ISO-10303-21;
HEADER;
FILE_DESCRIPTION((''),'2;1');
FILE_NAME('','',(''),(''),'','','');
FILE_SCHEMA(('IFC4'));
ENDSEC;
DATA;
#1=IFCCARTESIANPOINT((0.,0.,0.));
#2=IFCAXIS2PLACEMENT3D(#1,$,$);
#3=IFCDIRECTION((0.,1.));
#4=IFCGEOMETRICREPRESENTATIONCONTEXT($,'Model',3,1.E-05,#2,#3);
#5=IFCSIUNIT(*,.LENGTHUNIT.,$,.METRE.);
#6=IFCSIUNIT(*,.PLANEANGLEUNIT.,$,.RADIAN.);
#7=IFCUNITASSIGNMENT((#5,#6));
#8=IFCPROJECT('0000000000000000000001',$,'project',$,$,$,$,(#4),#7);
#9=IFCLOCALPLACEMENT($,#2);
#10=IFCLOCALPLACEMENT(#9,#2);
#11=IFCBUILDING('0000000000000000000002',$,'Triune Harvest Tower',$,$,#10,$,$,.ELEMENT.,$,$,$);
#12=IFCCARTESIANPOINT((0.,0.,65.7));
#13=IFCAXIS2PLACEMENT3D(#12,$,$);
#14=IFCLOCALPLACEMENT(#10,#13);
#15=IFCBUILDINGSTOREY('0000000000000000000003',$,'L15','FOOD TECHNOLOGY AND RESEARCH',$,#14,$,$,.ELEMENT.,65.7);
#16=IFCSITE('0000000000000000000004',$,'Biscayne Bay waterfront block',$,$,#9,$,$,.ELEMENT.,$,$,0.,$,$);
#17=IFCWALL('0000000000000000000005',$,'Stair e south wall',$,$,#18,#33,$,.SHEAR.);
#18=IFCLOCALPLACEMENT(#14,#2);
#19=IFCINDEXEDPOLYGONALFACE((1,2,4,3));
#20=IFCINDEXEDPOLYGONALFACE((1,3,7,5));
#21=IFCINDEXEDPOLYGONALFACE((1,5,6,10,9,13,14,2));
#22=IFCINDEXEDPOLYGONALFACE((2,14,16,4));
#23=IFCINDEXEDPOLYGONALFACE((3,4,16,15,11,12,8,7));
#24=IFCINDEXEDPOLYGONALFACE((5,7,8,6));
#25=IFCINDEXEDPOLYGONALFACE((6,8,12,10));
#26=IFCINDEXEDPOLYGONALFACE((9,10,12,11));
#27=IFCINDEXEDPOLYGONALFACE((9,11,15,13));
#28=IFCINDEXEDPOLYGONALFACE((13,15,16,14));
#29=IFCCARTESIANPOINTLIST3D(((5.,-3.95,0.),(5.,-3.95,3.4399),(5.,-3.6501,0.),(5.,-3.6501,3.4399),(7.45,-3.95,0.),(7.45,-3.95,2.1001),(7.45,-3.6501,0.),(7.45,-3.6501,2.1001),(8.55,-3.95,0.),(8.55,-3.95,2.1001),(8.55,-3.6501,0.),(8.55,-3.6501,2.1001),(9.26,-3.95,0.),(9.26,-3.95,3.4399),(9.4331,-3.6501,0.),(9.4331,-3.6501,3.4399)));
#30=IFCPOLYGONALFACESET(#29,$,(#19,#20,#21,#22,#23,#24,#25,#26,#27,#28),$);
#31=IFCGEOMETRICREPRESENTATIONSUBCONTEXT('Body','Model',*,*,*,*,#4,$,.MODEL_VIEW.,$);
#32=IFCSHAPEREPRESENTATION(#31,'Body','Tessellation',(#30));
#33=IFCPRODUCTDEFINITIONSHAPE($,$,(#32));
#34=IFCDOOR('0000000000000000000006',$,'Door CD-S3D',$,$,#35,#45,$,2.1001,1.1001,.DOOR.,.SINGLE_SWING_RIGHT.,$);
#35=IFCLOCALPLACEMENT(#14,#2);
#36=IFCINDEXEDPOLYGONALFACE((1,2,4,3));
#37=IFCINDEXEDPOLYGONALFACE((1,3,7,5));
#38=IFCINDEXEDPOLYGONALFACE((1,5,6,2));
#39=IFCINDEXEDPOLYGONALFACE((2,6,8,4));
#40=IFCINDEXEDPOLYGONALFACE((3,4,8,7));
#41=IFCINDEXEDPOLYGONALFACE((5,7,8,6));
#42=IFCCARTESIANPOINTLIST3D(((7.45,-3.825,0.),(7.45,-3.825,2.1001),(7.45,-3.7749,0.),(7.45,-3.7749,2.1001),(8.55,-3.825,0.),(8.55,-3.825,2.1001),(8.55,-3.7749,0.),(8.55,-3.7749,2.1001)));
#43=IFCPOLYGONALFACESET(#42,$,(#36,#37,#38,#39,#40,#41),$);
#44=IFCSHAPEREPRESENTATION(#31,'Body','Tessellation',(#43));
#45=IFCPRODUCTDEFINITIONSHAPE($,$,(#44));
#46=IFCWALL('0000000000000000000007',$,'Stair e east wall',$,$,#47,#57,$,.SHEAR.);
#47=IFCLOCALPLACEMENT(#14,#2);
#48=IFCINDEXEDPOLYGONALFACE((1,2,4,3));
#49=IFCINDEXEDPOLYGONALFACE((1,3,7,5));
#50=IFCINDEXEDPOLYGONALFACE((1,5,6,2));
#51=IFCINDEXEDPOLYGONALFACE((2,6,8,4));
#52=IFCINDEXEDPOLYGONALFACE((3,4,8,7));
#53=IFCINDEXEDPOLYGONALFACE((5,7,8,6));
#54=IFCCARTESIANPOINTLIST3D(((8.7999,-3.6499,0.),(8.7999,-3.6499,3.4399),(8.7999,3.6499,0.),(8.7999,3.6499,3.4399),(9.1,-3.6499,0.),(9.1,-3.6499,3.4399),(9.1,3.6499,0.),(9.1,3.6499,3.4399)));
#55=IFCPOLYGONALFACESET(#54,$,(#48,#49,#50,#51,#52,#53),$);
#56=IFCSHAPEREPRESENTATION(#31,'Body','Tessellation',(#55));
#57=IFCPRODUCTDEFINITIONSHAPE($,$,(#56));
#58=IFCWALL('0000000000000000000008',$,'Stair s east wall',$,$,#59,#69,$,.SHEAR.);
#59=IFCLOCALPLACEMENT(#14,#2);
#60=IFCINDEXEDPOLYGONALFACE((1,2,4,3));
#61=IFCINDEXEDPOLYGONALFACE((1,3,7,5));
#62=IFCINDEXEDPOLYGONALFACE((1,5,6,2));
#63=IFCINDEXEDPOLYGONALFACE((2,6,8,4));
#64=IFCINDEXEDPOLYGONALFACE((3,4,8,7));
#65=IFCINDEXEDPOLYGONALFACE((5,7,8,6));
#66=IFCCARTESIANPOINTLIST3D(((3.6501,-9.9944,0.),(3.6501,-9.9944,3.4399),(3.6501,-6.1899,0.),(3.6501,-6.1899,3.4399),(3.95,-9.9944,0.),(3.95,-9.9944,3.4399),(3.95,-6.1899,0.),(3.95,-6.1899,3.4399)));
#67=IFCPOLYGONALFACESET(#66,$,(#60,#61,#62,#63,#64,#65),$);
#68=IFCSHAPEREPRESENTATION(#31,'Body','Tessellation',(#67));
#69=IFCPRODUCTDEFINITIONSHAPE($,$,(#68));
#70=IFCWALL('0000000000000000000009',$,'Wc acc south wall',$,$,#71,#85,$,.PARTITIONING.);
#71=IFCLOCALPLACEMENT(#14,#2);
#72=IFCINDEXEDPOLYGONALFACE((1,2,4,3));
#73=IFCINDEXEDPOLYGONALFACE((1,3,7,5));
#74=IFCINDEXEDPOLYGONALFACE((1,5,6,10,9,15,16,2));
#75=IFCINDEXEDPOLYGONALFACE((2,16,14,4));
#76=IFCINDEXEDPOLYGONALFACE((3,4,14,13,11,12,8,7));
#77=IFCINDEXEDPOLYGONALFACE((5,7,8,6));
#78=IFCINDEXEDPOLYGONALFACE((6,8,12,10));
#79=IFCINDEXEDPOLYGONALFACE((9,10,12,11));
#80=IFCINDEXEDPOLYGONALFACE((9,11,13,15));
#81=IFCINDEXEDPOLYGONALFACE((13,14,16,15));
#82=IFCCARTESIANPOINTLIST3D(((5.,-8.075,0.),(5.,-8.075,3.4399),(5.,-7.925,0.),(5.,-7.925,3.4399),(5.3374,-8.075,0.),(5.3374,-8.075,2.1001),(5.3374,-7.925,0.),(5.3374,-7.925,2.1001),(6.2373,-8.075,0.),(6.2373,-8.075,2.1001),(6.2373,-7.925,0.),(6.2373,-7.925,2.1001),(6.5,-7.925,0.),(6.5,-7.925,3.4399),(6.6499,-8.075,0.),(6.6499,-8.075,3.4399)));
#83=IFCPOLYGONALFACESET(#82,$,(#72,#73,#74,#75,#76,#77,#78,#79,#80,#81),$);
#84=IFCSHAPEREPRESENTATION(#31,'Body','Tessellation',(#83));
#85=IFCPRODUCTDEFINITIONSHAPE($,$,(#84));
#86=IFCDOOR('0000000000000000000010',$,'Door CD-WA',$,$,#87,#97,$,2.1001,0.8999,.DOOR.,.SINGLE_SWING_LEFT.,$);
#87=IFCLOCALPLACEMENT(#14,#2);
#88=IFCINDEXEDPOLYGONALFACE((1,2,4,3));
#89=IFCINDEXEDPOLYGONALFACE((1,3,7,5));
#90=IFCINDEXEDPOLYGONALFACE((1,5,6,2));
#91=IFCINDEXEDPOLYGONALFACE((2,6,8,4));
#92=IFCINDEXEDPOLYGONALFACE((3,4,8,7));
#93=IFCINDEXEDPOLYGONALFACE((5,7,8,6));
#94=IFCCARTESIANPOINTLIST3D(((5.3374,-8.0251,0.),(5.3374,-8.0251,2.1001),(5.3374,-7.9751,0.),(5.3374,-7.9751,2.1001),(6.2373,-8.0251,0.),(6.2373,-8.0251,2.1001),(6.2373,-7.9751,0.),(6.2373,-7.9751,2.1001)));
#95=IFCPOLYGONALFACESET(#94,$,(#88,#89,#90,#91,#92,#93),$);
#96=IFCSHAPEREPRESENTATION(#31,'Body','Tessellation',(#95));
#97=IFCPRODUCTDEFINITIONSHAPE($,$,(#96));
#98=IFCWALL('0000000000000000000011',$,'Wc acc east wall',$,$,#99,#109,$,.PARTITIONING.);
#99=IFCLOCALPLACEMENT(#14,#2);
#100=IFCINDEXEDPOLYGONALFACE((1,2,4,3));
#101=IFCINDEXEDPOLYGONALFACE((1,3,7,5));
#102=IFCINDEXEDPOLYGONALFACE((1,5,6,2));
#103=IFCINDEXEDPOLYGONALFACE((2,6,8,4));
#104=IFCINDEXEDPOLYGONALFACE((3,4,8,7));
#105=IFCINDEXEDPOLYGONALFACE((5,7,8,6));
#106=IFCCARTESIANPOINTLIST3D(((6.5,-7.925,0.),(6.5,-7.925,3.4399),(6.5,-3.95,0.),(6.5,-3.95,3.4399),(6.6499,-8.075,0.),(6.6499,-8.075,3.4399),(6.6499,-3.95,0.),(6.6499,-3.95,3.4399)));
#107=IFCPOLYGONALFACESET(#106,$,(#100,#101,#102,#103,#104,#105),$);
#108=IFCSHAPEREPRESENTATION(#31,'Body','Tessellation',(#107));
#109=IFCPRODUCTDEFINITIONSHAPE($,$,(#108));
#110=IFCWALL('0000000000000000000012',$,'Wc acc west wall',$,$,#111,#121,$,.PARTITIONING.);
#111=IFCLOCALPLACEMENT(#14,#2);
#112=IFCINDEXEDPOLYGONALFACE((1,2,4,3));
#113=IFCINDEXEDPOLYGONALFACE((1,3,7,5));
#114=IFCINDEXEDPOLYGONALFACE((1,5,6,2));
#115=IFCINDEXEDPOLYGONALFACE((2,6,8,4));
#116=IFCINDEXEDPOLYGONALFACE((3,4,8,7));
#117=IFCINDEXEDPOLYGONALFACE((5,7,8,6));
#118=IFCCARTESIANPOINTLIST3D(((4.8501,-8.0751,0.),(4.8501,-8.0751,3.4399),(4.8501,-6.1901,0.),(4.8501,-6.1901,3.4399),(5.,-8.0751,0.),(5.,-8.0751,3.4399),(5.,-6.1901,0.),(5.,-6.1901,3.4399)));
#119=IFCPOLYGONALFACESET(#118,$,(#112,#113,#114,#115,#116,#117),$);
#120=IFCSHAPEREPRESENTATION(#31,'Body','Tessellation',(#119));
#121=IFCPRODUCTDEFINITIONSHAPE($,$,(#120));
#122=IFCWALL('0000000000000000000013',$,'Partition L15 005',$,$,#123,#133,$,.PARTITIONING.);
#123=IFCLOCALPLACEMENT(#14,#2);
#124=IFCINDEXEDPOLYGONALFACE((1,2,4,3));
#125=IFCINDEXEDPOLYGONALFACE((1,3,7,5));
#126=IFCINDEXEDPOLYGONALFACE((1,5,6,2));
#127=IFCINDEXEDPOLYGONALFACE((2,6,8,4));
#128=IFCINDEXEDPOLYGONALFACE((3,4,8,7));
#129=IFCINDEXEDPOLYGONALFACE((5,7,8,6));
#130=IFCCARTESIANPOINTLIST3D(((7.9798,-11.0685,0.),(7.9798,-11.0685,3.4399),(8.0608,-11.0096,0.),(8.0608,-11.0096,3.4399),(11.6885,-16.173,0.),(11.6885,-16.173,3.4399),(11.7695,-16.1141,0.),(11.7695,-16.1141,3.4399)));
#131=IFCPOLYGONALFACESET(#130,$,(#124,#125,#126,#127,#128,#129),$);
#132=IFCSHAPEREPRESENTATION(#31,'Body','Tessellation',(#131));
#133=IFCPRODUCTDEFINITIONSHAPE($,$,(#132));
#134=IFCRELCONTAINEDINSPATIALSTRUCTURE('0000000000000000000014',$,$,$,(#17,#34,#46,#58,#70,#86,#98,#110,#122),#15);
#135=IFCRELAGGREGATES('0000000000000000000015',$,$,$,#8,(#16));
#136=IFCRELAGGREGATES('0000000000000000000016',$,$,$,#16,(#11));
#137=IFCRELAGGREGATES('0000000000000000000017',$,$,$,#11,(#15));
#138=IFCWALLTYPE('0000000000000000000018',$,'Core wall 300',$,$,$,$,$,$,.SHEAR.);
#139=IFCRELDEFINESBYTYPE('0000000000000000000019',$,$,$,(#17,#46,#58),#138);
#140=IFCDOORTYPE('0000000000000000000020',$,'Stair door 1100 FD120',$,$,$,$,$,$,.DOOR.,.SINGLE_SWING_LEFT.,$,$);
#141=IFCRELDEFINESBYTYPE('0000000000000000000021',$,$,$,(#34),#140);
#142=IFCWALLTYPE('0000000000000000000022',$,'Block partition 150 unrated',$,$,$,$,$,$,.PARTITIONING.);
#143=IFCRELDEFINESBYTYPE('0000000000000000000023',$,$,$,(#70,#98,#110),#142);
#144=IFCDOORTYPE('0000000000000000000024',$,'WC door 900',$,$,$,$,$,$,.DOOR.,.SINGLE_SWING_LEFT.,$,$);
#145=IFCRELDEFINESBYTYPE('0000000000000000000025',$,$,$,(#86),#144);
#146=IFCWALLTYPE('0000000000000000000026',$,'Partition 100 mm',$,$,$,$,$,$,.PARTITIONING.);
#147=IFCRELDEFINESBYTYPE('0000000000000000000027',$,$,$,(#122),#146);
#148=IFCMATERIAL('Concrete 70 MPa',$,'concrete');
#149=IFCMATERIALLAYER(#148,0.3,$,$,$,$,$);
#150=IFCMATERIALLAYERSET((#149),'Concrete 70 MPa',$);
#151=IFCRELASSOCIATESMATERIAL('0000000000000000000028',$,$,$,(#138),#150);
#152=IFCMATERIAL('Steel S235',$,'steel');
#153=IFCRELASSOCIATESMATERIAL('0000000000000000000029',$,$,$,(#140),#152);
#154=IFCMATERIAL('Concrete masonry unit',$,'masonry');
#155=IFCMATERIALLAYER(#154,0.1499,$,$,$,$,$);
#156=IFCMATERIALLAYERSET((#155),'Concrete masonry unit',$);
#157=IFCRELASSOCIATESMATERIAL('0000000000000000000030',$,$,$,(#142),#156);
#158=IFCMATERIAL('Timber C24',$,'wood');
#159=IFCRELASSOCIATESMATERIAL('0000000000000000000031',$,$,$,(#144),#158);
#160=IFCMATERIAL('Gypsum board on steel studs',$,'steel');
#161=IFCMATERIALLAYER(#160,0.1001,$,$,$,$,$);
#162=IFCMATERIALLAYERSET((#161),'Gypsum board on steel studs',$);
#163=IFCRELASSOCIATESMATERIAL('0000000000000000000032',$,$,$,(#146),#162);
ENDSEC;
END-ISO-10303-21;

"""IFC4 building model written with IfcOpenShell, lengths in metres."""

from ifc_helpers import new_model, si_unit, direction, frame, frame_2d, origin, place, context, subcontext, project, spatial, polyline, rectangle, outline, extrude, source, transform, mapped, material, layer, layer_set, type_object, element, fill, save


model = new_model("IFC4")

# Units and contexts
model_context = context("Model", 3, precision=1e-05, world=origin(), true_north=direction((0.0, 1.0)))
body_context = subcontext(model_context, "Body", "Model", "MODEL_VIEW")
ifc_project = project(units=[si_unit("LENGTHUNIT", "METRE"), si_unit("PLANEANGLEUNIT", "RADIAN")], contexts=[model_context])

# Site, building, storey
site_placement = place(None, origin())
site = spatial("IfcSite", under=ifc_project, at=site_placement, Name="Biscayne Bay waterfront block", CompositionType="ELEMENT", RefElevation=0.0)
building_placement = place(site_placement, origin())
building = spatial("IfcBuilding", under=site, at=building_placement, Name="Triune Harvest Tower", CompositionType="ELEMENT")
storey_placement = place(building_placement, frame((0.0, 0.0, 65.7)))
storey = spatial("IfcBuildingStorey", under=building, at=storey_placement, Name="L15", Description="FOOD TECHNOLOGY AND RESEARCH", CompositionType="ELEMENT", Elevation=65.7)

# Shared definitions
ifc_material_1 = material(Name="Concrete 70 MPa", Category="concrete")
ifc_layer_1 = layer(ifc_material_1, 0.3)
ifc_layer_set_1 = layer_set([ifc_layer_1], Name="Concrete 70 MPa")
wall_type_1 = type_object("IfcWallType", Name="Core wall 300", PredefinedType="SHEAR", material=ifc_layer_set_1)

# Wall, opening, door
ifc_material_2 = material(Name="Steel S235", Category="steel")
door_type_1 = type_object("IfcDoorType", Name="Stair door 1100 FD120", OperationType="SINGLE_SWING_LEFT", PredefinedType="DOOR", material=ifc_material_2)
shared_shape_1 = source(origin(), body_context, "Body", "SweptSolid", [
    extrude(outline(polyline([(0.0, -0.1499), (0.0, 0.1499), (4.4331, 0.1499), (4.26, -0.1499), (0.0, -0.1499)])), origin(), (0.0, 0.0, 1.0), 3.4399),
])
wall_1_placement = place(storey_placement, frame((5.0, -3.8, 0.0), z_axis=(0.0, 0.0, 1.0), x_axis=(1.0, 0.0, 0.0)))
wall_1 = element("IfcWall", 1, at=wall_1_placement, inside=storey, type_object=wall_type_1, Name="Stair e south wall", PredefinedType="SHEAR", context=body_context, shape_type="MappedRepresentation", body=[
    mapped(shared_shape_1, transform((0.0, 0.0, 0.0), scale=1.0)),
])
opening_1_placement = place(wall_1_placement, frame((2.45, 0.0, 0.0)))
opening_1 = element("IfcOpeningElement", 2, at=opening_1_placement, cuts=wall_1, PredefinedType="OPENING", context=body_context, shape_type="SweptSolid", body=[
    extrude(rectangle(XDim=1.1001, YDim=2.1001, at=frame_2d((0.55, 1.05))), frame((0.0, 0.1602, 0.0), z_axis=(0.0, -1.0, 0.0), x_axis=(1.0, 0.0, 0.0)), (0.0, 0.0, 1.0), 0.3201),
])
door_1_placement = place(opening_1_placement, frame((1.1001, 0.0, 0.0), z_axis=(0.0, 0.0, 1.0), x_axis=(-1.0, 0.0, 0.0)))
door_1 = element("IfcDoor", 3, at=door_1_placement, inside=storey, type_object=door_type_1, Name="Door CD-S3D", OperationType="SINGLE_SWING_RIGHT", OverallHeight=2.1001, OverallWidth=1.1001, PredefinedType="DOOR", context=body_context, shape_type="SweptSolid", body=[
    extrude(rectangle(XDim=1.1001, YDim=2.1001, at=frame_2d((0.55, 1.05))), frame((0.0, 0.0249, 0.0), z_axis=(0.0, -1.0, 0.0), x_axis=(1.0, 0.0, 0.0)), (0.0, 0.0, 1.0), 0.05),
])
fill(opening_1, door_1)

# Walls
shared_shape_2 = source(origin(), body_context, "Body", "SweptSolid", [
    extrude(rectangle(XDim=7.2998, YDim=0.3, at=frame_2d((3.6499, 0.0))), origin(), (0.0, 0.0, 1.0), 3.4399),
])
wall_2_placement = place(storey_placement, frame((8.95, -3.6499, 0.0), z_axis=(0.0, 0.0, 1.0), x_axis=(0.0, 1.0, 0.0)))
element("IfcWall", 4, at=wall_2_placement, inside=storey, type_object=wall_type_1, Name="Stair e east wall", PredefinedType="SHEAR", context=body_context, shape_type="MappedRepresentation", body=[
    mapped(shared_shape_2, transform((0.0, 0.0, 0.0), scale=1.0)),
])
shared_shape_3 = source(origin(), body_context, "Body", "SweptSolid", [
    extrude(outline(polyline([(3.8, -0.1499), (-0.0044, -0.1499), (-0.0044, 0.1499), (3.8, 0.1499), (3.8, -0.1499)])), origin(), (0.0, 0.0, 1.0), 3.4399),
])
wall_3_placement = place(storey_placement, frame((3.8, -9.99, 0.0), z_axis=(0.0, 0.0, 1.0), x_axis=(0.0, 1.0, 0.0)))
element("IfcWall", 5, at=wall_3_placement, inside=storey, type_object=wall_type_1, Name="Stair s east wall", PredefinedType="SHEAR", context=body_context, shape_type="MappedRepresentation", body=[
    mapped(shared_shape_3, transform((0.0, 0.0, 0.0), scale=1.0)),
])

# Wall, opening, door
ifc_material_3 = material(Name="Concrete masonry unit", Category="masonry")
ifc_layer_2 = layer(ifc_material_3, 0.1499)
ifc_layer_set_2 = layer_set([ifc_layer_2], Name="Concrete masonry unit")
wall_type_2 = type_object("IfcWallType", Name="Block partition 150 unrated", PredefinedType="PARTITIONING", material=ifc_layer_set_2)
shared_shape_4 = source(origin(), body_context, "Body", "SweptSolid", [
    extrude(outline(polyline([(0.0, -0.075), (1.6499, -0.075), (1.5, 0.075), (0.0, 0.075), (0.0, -0.075)])), origin(), (0.0, 0.0, 1.0), 3.4399),
])
wall_4_placement = place(storey_placement, frame((5.0, -8.0, 0.0), z_axis=(0.0, 0.0, 1.0), x_axis=(1.0, 0.0, 0.0)))
wall_4 = element("IfcWall", 6, at=wall_4_placement, inside=storey, type_object=wall_type_2, Name="Wc acc south wall", PredefinedType="PARTITIONING", context=body_context, shape_type="MappedRepresentation", body=[
    mapped(shared_shape_4, transform((0.0, 0.0, 0.0), scale=1.0)),
])
opening_2_placement = place(wall_4_placement, frame((0.3374, 0.0, 0.0)))
opening_2 = element("IfcOpeningElement", 7, at=opening_2_placement, cuts=wall_4, PredefinedType="OPENING", context=body_context, shape_type="SweptSolid", body=[
    extrude(rectangle(XDim=0.8999, YDim=2.1001, at=frame_2d((0.45, 1.05))), frame((0.0, 0.085, 0.0), z_axis=(0.0, -1.0, 0.0), x_axis=(1.0, 0.0, 0.0)), (0.0, 0.0, 1.0), 0.1699),
])
ifc_material_4 = material(Name="Timber C24", Category="wood")
door_type_2 = type_object("IfcDoorType", Name="WC door 900", OperationType="SINGLE_SWING_LEFT", PredefinedType="DOOR", material=ifc_material_4)
door_2_placement = place(opening_2_placement, origin())
door_2 = element("IfcDoor", 8, at=door_2_placement, inside=storey, type_object=door_type_2, Name="Door CD-WA", OperationType="SINGLE_SWING_LEFT", OverallHeight=2.1001, OverallWidth=0.8999, PredefinedType="DOOR", context=body_context, shape_type="SweptSolid", body=[
    extrude(rectangle(XDim=0.8999, YDim=2.1001, at=frame_2d((0.45, 1.05))), frame((0.0, 0.0249, 0.0), z_axis=(0.0, -1.0, 0.0), x_axis=(1.0, 0.0, 0.0)), (0.0, 0.0, 1.0), 0.05),
])
fill(opening_2, door_2)

# Walls
shared_shape_5 = source(origin(), body_context, "Body", "SweptSolid", [
    extrude(outline(polyline([(-0.075, -0.075), (4.05, -0.075), (4.05, 0.075), (0.075, 0.075), (-0.075, -0.075)])), origin(), (0.0, 0.0, 1.0), 3.4399),
])
wall_5_placement = place(storey_placement, frame((6.575, -8.0, 0.0), z_axis=(0.0, 0.0, 1.0), x_axis=(0.0, 1.0, 0.0)))
element("IfcWall", 9, at=wall_5_placement, inside=storey, type_object=wall_type_2, Name="Wc acc east wall", PredefinedType="PARTITIONING", context=body_context, shape_type="MappedRepresentation", body=[
    mapped(shared_shape_5, transform((0.0, 0.0, 0.0), scale=1.0)),
])
shared_shape_6 = source(origin(), body_context, "Body", "SweptSolid", [
    extrude(rectangle(XDim=1.885, YDim=0.1499, at=frame_2d((0.9424, 0.0))), origin(), (0.0, 0.0, 1.0), 3.4399),
])
wall_6_placement = place(storey_placement, frame((4.925, -8.075, 0.0), z_axis=(0.0, 0.0, 1.0), x_axis=(0.0, 1.0, 0.0)))
element("IfcWall", 10, at=wall_6_placement, inside=storey, type_object=wall_type_2, Name="Wc acc west wall", PredefinedType="PARTITIONING", context=body_context, shape_type="MappedRepresentation", body=[
    mapped(shared_shape_6, transform((0.0, 0.0, 0.0), scale=1.0)),
])
ifc_material_5 = material(Name="Gypsum board on steel studs", Category="steel")
ifc_layer_3 = layer(ifc_material_5, 0.1001)
ifc_layer_set_3 = layer_set([ifc_layer_3], Name="Gypsum board on steel studs")
wall_type_3 = type_object("IfcWallType", Name="Partition 100 mm", PredefinedType="PARTITIONING", material=ifc_layer_set_3)
shared_shape_7 = source(origin(), body_context, "Body", "SweptSolid", [
    extrude(rectangle(XDim=6.3096, YDim=0.1001, at=frame_2d((3.1548, 0.0))), origin(), (0.0, 0.0, 1.0), 3.4399),
])
wall_7_placement = place(storey_placement, frame((8.0203, -11.0391, 0.0), z_axis=(0.0, 0.0, 1.0), x_axis=(0.587797, -0.809009, 0.0)))
element("IfcWall", 11, at=wall_7_placement, inside=storey, type_object=wall_type_3, Name="Partition L15 005", PredefinedType="PARTITIONING", context=body_context, shape_type="MappedRepresentation", body=[
    mapped(shared_shape_7, transform((0.0, 0.0, 0.0), scale=1.0)),
])

save(model, "model.ifc")
